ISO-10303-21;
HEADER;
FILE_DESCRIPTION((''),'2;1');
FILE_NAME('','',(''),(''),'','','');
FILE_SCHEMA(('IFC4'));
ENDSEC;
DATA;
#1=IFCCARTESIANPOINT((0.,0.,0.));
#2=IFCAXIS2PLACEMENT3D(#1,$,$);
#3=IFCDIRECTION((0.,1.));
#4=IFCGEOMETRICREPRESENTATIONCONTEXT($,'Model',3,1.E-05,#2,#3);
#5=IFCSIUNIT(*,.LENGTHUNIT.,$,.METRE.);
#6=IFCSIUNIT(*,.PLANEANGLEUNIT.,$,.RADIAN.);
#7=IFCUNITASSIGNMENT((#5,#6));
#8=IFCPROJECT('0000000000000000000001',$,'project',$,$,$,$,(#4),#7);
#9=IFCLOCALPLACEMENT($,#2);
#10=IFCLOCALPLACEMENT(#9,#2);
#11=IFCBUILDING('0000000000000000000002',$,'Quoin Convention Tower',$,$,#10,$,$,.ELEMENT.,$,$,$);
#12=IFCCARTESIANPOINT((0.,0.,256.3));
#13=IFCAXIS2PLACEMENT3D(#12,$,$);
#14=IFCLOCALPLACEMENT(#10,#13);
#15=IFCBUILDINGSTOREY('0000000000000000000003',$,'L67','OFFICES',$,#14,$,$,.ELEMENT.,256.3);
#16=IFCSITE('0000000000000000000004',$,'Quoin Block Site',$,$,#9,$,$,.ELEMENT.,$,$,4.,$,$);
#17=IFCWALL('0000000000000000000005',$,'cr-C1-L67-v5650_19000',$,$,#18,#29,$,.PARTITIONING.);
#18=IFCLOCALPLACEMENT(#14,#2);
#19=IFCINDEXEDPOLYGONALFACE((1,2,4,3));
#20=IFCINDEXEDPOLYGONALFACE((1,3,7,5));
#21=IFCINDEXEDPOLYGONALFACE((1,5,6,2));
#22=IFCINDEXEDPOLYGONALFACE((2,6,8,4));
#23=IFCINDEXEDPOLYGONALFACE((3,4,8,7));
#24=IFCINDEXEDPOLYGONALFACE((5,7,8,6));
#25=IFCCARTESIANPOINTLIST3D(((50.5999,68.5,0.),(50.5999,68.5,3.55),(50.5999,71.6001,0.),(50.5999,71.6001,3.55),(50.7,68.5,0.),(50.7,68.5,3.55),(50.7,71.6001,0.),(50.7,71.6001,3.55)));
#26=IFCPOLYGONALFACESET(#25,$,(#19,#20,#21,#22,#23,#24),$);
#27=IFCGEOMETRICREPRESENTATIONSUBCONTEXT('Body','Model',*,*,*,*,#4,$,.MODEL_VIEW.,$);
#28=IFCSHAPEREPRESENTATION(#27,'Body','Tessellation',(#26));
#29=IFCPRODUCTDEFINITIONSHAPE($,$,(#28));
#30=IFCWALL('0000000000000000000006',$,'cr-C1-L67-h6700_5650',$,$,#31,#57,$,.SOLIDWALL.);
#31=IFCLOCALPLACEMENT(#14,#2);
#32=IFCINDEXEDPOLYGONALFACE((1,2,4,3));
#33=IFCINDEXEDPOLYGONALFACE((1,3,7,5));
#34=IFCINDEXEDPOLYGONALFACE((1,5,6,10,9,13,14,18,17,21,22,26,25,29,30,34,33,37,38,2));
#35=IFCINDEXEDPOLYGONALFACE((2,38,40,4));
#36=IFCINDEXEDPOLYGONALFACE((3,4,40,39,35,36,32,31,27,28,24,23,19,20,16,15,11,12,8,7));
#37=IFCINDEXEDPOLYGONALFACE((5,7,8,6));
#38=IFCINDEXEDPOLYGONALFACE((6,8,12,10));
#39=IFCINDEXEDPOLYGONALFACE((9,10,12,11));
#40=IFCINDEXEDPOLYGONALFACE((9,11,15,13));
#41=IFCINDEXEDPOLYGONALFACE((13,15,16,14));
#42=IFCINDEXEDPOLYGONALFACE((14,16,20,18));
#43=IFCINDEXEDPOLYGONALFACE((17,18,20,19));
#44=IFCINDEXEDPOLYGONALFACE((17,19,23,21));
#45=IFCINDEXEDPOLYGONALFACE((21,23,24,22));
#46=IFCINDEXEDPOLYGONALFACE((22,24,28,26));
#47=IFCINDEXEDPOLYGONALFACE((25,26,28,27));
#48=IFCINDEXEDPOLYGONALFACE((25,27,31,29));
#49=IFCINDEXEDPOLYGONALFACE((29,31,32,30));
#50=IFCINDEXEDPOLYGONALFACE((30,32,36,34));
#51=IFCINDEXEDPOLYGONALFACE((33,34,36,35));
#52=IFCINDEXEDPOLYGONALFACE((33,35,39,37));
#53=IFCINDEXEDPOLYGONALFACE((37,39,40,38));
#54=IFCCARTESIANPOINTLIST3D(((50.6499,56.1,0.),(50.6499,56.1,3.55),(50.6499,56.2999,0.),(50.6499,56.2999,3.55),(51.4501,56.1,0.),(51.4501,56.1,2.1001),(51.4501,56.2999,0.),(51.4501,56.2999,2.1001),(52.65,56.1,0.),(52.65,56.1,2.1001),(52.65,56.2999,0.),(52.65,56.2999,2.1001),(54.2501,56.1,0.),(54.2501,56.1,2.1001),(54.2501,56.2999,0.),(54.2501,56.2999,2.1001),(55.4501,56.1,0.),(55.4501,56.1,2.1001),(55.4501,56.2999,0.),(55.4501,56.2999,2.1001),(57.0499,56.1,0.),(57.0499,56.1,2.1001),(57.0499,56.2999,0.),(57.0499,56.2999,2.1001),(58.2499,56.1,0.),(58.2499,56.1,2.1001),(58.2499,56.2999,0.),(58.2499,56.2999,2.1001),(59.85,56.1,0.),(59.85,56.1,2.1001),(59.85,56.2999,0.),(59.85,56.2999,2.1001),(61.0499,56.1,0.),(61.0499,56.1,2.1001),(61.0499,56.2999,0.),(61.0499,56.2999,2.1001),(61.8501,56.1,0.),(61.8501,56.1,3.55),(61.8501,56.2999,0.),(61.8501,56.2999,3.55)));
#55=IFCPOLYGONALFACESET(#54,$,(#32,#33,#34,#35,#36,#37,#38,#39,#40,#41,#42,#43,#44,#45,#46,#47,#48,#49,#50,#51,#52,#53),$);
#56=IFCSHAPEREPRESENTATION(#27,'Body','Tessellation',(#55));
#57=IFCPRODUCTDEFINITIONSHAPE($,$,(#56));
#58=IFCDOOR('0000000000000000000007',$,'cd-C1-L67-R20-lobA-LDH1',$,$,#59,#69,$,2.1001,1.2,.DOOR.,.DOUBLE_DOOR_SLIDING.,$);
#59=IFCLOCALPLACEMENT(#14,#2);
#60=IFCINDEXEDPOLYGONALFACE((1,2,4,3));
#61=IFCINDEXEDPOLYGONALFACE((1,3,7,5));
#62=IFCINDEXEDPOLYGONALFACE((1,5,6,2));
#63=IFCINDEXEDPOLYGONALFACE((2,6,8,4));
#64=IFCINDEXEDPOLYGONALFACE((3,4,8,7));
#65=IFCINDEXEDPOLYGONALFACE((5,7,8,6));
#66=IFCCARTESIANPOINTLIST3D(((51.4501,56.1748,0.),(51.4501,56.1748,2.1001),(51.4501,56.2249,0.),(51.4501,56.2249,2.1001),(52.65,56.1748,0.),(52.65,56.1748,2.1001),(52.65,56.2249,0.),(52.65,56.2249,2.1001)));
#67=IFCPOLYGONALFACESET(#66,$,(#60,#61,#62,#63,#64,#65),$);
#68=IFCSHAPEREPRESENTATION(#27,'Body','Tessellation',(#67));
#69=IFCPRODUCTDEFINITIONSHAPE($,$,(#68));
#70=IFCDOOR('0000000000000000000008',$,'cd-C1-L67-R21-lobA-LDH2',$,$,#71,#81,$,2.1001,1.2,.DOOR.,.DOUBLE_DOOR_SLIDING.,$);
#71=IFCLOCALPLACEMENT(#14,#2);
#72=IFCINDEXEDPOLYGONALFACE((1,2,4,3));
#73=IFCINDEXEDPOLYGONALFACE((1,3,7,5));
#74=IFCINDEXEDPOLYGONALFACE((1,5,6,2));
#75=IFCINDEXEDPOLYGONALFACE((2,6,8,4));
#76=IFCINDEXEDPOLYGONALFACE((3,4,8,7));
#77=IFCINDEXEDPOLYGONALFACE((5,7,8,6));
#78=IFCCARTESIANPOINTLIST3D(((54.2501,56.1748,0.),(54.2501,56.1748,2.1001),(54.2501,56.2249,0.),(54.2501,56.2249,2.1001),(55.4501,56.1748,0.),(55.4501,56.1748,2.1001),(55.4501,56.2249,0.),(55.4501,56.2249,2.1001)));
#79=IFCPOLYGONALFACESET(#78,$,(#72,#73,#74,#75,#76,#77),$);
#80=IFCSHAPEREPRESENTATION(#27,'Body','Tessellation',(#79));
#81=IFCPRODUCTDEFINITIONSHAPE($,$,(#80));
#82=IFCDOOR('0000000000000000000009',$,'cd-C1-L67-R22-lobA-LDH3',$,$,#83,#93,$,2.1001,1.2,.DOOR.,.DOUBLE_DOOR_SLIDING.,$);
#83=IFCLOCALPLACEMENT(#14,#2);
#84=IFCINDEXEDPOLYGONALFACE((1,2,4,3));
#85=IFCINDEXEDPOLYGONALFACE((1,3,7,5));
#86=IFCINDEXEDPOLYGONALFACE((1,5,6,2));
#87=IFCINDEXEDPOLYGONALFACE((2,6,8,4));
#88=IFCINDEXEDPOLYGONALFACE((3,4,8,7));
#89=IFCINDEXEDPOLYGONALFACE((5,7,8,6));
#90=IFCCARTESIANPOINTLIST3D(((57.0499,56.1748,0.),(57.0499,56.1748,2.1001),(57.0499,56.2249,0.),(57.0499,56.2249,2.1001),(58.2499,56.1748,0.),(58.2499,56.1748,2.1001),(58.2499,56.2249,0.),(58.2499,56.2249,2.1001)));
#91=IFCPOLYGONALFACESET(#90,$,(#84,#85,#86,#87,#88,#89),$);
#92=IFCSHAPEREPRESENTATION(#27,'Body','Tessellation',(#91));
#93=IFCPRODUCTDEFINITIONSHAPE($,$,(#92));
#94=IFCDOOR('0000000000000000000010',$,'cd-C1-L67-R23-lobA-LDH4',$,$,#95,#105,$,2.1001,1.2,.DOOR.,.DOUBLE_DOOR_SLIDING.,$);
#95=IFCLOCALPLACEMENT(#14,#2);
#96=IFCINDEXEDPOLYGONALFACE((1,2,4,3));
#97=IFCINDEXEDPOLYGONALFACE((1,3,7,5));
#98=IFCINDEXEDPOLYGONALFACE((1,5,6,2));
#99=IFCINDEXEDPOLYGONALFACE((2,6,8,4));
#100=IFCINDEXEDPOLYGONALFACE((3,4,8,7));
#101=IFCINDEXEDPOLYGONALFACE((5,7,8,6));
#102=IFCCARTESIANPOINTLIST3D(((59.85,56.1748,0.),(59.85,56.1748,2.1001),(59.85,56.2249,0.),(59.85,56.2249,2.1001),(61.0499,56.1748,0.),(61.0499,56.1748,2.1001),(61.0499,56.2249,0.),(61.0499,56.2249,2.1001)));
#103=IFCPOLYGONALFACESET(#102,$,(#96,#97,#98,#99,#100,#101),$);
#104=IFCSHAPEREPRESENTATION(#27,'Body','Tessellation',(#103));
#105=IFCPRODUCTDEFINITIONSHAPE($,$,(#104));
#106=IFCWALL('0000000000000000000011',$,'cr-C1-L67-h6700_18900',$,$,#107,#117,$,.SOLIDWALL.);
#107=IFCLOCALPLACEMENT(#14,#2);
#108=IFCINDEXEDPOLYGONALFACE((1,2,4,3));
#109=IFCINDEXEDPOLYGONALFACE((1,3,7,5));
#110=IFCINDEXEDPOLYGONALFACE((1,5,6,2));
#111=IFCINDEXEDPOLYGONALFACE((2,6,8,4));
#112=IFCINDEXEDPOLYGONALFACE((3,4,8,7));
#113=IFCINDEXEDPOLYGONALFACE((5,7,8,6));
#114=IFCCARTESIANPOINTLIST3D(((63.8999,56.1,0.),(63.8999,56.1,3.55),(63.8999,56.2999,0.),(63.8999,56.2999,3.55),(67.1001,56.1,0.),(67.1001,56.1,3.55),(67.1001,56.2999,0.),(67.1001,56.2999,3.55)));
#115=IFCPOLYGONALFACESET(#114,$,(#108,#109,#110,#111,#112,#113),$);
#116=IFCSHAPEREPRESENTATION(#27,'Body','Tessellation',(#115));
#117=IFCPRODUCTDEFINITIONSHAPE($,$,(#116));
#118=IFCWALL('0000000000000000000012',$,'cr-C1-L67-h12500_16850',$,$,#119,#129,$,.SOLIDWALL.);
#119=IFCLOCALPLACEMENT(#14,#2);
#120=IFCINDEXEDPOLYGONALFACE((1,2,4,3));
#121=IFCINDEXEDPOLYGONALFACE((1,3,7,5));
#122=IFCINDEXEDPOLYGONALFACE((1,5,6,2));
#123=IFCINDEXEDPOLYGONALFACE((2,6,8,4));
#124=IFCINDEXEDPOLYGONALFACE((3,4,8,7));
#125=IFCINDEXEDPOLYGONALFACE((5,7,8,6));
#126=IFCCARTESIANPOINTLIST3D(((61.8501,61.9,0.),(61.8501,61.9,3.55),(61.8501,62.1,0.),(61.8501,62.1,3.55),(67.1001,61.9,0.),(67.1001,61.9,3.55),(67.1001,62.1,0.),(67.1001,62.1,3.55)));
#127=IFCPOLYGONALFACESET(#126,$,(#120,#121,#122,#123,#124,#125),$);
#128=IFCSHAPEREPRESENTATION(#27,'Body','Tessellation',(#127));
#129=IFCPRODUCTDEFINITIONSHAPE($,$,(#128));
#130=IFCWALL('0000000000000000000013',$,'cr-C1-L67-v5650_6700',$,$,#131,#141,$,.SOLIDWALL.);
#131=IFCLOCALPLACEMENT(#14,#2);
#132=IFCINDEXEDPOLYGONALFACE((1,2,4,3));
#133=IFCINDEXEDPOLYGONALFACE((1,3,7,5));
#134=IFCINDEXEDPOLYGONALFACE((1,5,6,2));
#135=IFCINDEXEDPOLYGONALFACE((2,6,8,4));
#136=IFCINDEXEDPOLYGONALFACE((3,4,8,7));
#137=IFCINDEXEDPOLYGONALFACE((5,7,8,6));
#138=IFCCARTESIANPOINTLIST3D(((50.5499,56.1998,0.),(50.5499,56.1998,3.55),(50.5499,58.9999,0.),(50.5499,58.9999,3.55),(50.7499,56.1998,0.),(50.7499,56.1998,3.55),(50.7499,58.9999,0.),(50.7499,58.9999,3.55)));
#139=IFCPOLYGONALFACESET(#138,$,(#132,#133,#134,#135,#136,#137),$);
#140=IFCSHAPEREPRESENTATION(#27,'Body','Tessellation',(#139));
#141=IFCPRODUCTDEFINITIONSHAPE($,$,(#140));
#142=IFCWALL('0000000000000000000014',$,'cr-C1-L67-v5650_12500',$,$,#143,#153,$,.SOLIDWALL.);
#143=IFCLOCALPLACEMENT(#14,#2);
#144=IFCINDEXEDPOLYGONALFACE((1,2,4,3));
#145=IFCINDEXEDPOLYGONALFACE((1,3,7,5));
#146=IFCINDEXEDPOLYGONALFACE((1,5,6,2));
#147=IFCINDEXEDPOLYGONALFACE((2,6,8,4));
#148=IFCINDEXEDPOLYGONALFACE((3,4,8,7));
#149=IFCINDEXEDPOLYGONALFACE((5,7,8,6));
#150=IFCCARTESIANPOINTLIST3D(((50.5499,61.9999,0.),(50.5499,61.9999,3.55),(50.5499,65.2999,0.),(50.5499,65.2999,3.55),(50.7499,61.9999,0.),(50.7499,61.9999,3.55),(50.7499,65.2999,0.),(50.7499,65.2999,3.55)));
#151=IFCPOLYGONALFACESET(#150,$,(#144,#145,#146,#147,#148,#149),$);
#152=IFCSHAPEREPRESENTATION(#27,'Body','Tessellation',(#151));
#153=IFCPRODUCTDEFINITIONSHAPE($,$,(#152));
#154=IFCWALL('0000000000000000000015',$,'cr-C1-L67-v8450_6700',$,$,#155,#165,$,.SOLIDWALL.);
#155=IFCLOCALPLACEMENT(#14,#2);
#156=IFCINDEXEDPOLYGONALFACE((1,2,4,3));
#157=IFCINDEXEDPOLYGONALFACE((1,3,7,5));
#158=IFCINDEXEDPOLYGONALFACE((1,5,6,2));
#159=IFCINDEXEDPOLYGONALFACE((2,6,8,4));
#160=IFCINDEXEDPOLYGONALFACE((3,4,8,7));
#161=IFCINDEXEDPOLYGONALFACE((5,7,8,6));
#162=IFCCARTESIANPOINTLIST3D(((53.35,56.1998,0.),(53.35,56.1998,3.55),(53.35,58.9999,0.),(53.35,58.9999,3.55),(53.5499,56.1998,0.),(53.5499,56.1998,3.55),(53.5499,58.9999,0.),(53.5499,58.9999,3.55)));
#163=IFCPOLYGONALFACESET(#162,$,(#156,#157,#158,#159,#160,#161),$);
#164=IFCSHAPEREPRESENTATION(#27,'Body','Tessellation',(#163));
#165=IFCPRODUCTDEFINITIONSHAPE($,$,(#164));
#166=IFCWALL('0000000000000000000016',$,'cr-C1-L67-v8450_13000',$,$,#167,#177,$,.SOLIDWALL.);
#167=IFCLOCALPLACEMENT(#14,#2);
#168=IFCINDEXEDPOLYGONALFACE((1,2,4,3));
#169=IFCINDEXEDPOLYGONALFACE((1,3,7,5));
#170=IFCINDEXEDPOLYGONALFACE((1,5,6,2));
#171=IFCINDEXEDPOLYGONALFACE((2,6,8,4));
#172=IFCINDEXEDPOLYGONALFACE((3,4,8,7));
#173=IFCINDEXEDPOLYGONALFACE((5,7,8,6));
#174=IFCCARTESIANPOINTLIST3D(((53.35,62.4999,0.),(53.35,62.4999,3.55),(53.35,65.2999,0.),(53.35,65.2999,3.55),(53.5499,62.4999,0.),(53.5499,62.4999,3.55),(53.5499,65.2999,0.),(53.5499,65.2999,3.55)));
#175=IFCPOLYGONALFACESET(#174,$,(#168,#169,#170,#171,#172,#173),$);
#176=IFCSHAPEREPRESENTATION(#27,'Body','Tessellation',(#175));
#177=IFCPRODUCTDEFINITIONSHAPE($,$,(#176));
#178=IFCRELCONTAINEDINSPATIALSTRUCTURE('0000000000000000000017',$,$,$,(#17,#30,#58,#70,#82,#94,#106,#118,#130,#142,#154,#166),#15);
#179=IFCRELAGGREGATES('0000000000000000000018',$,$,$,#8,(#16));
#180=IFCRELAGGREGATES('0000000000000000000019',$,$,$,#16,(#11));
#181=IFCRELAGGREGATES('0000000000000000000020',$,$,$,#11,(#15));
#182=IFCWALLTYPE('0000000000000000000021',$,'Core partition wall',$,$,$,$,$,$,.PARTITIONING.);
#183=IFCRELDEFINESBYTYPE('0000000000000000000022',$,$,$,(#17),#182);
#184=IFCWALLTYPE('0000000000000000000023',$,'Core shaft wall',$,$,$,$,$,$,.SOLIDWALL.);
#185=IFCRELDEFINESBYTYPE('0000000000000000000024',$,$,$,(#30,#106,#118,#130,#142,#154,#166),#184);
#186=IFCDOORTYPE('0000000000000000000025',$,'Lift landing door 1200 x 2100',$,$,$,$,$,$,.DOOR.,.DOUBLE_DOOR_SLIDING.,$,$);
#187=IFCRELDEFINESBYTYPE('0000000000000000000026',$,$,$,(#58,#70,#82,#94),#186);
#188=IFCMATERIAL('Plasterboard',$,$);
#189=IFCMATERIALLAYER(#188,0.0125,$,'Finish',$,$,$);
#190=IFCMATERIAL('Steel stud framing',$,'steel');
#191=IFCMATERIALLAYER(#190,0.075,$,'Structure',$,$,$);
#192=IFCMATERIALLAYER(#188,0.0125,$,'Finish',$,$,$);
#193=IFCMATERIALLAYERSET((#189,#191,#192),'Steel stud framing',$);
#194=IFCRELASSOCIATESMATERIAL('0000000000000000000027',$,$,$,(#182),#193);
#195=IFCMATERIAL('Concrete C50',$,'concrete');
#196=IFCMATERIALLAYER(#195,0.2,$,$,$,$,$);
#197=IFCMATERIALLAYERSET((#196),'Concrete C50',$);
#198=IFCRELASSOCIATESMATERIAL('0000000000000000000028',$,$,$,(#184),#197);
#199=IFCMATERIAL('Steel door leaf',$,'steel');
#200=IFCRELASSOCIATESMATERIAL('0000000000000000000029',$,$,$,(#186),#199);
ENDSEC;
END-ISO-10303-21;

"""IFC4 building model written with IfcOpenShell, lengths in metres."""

from ifc_helpers import new_model, si_unit, direction, frame, frame_2d, origin, place, context, subcontext, project, spatial, rectangle, extrude, material, layer, layer_set, type_object, element, fill, save


model = new_model("IFC4")

# Units and contexts
model_context = context("Model", 3, precision=1e-05, world=origin(), true_north=direction((0.0, 1.0)))
body_context = subcontext(model_context, "Body", "Model", "MODEL_VIEW")
ifc_project = project(units=[si_unit("LENGTHUNIT", "METRE"), si_unit("PLANEANGLEUNIT", "RADIAN")], contexts=[model_context])

# Site, building, storey
site_placement = place(None, origin())
site = spatial("IfcSite", under=ifc_project, at=site_placement, Name="Quoin Block Site", CompositionType="ELEMENT", RefElevation=4.0)
building_placement = place(site_placement, origin())
building = spatial("IfcBuilding", under=site, at=building_placement, Name="Quoin Convention Tower", CompositionType="ELEMENT")
storey_placement = place(building_placement, frame((0.0, 0.0, 256.3)))
storey = spatial("IfcBuildingStorey", under=building, at=storey_placement, Name="L67", Description="OFFICES", CompositionType="ELEMENT", Elevation=256.3)

# Wall
ifc_material_1 = material(Name="Plasterboard")
ifc_layer_1 = layer(ifc_material_1, 0.0125, Name="Finish")
ifc_material_2 = material(Name="Steel stud framing", Category="steel")
ifc_layer_2 = layer(ifc_material_2, 0.075, Name="Structure")
ifc_layer_3 = layer(ifc_material_1, 0.0125, Name="Finish")
ifc_layer_set_1 = layer_set([ifc_layer_1, ifc_layer_2, ifc_layer_3], Name="Steel stud framing")
wall_type_1 = type_object("IfcWallType", Name="Core partition wall", PredefinedType="PARTITIONING", material=ifc_layer_set_1)
wall_1_placement = place(storey_placement, frame((50.6499, 68.5, 0.0), z_axis=(0.0, 0.0, 1.0), x_axis=(0.0, 1.0, 0.0)))
element("IfcWall", 1, at=wall_1_placement, inside=storey, type_object=wall_type_1, Name="cr-C1-L67-v5650_19000", PredefinedType="PARTITIONING", context=body_context, shape_type="SweptSolid", body=[
    extrude(rectangle(XDim=3.1001, YDim=0.1001, at=frame_2d((1.55, 0.0))), origin(), (0.0, 0.0, 1.0), 3.55),
])

# Wall, openings, doors
ifc_material_3 = material(Name="Concrete C50", Category="concrete")
ifc_layer_4 = layer(ifc_material_3, 0.2)
ifc_layer_set_2 = layer_set([ifc_layer_4], Name="Concrete C50")
wall_type_2 = type_object("IfcWallType", Name="Core shaft wall", PredefinedType="SOLIDWALL", material=ifc_layer_set_2)
wall_2_placement = place(storey_placement, frame((50.6499, 56.2, 0.0), z_axis=(0.0, 0.0, 1.0), x_axis=(1.0, 0.0, 0.0)))
wall_2 = element("IfcWall", 2, at=wall_2_placement, inside=storey, type_object=wall_type_2, Name="cr-C1-L67-h6700_5650", PredefinedType="SOLIDWALL", context=body_context, shape_type="SweptSolid", body=[
    extrude(rectangle(XDim=11.2002, YDim=0.2, at=frame_2d((5.6001, 0.0))), origin(), (0.0, 0.0, 1.0), 3.55),
])
opening_1_placement = place(wall_2_placement, frame((0.8, 0.0, 0.0)))
opening_1 = element("IfcOpeningElement", 3, at=opening_1_placement, cuts=wall_2, PredefinedType="OPENING", context=body_context, shape_type="SweptSolid", body=[
    extrude(rectangle(XDim=1.2, YDim=2.1001, at=frame_2d((0.6001, 1.05))), frame((0.0, 0.1099, 0.0), z_axis=(0.0, -1.0, 0.0), x_axis=(1.0, 0.0, 0.0)), (0.0, 0.0, 1.0), 0.22),
])
opening_2_placement = place(wall_2_placement, frame((3.6001, 0.0, 0.0)))
opening_2 = element("IfcOpeningElement", 4, at=opening_2_placement, cuts=wall_2, PredefinedType="OPENING", context=body_context, shape_type="SweptSolid", body=[
    extrude(rectangle(XDim=1.2, YDim=2.1001, at=frame_2d((0.6001, 1.05))), frame((0.0, 0.1099, 0.0), z_axis=(0.0, -1.0, 0.0), x_axis=(1.0, 0.0, 0.0)), (0.0, 0.0, 1.0), 0.22),
])
opening_3_placement = place(wall_2_placement, frame((6.3999, 0.0, 0.0)))
opening_3 = element("IfcOpeningElement", 5, at=opening_3_placement, cuts=wall_2, PredefinedType="OPENING", context=body_context, shape_type="SweptSolid", body=[
    extrude(rectangle(XDim=1.2, YDim=2.1001, at=frame_2d((0.6001, 1.05))), frame((0.0, 0.1099, 0.0), z_axis=(0.0, -1.0, 0.0), x_axis=(1.0, 0.0, 0.0)), (0.0, 0.0, 1.0), 0.22),
])
opening_4_placement = place(wall_2_placement, frame((9.2, 0.0, 0.0)))
opening_4 = element("IfcOpeningElement", 6, at=opening_4_placement, cuts=wall_2, PredefinedType="OPENING", context=body_context, shape_type="SweptSolid", body=[
    extrude(rectangle(XDim=1.2, YDim=2.1001, at=frame_2d((0.6001, 1.05))), frame((0.0, 0.1099, 0.0), z_axis=(0.0, -1.0, 0.0), x_axis=(1.0, 0.0, 0.0)), (0.0, 0.0, 1.0), 0.22),
])
ifc_material_4 = material(Name="Steel door leaf", Category="steel")
door_type = type_object("IfcDoorType", Name="Lift landing door 1200 x 2100", OperationType="DOUBLE_DOOR_SLIDING", PredefinedType="DOOR", material=ifc_material_4)
door_1_placement = place(opening_1_placement, origin())
door_1 = element("IfcDoor", 7, at=door_1_placement, inside=storey, type_object=door_type, Name="cd-C1-L67-R20-lobA-LDH1", OperationType="DOUBLE_DOOR_SLIDING", OverallHeight=2.1001, OverallWidth=1.2, PredefinedType="DOOR", context=body_context, shape_type="SweptSolid", body=[
    extrude(rectangle(XDim=1.2, YDim=2.1001, at=frame_2d((0.6001, 1.05))), frame((0.0, 0.0249, 0.0), z_axis=(0.0, -1.0, 0.0), x_axis=(1.0, 0.0, 0.0)), (0.0, 0.0, 1.0), 0.05),
])
fill(opening_1, door_1)
door_2_placement = place(opening_2_placement, origin())
door_2 = element("IfcDoor", 8, at=door_2_placement, inside=storey, type_object=door_type, Name="cd-C1-L67-R21-lobA-LDH2", OperationType="DOUBLE_DOOR_SLIDING", OverallHeight=2.1001, OverallWidth=1.2, PredefinedType="DOOR", context=body_context, shape_type="SweptSolid", body=[
    extrude(rectangle(XDim=1.2, YDim=2.1001, at=frame_2d((0.6001, 1.05))), frame((0.0, 0.0249, 0.0), z_axis=(0.0, -1.0, 0.0), x_axis=(1.0, 0.0, 0.0)), (0.0, 0.0, 1.0), 0.05),
])
fill(opening_2, door_2)
door_3_placement = place(opening_3_placement, origin())
door_3 = element("IfcDoor", 9, at=door_3_placement, inside=storey, type_object=door_type, Name="cd-C1-L67-R22-lobA-LDH3", OperationType="DOUBLE_DOOR_SLIDING", OverallHeight=2.1001, OverallWidth=1.2, PredefinedType="DOOR", context=body_context, shape_type="SweptSolid", body=[
    extrude(rectangle(XDim=1.2, YDim=2.1001, at=frame_2d((0.6001, 1.05))), frame((0.0, 0.0249, 0.0), z_axis=(0.0, -1.0, 0.0), x_axis=(1.0, 0.0, 0.0)), (0.0, 0.0, 1.0), 0.05),
])
fill(opening_3, door_3)
door_4_placement = place(opening_4_placement, origin())
door_4 = element("IfcDoor", 10, at=door_4_placement, inside=storey, type_object=door_type, Name="cd-C1-L67-R23-lobA-LDH4", OperationType="DOUBLE_DOOR_SLIDING", OverallHeight=2.1001, OverallWidth=1.2, PredefinedType="DOOR", context=body_context, shape_type="SweptSolid", body=[
    extrude(rectangle(XDim=1.2, YDim=2.1001, at=frame_2d((0.6001, 1.05))), frame((0.0, 0.0249, 0.0), z_axis=(0.0, -1.0, 0.0), x_axis=(1.0, 0.0, 0.0)), (0.0, 0.0, 1.0), 0.05),
])
fill(opening_4, door_4)

# Walls
wall_3_placement = place(storey_placement, frame((63.8999, 56.2, 0.0), z_axis=(0.0, 0.0, 1.0), x_axis=(1.0, 0.0, 0.0)))
element("IfcWall", 11, at=wall_3_placement, inside=storey, type_object=wall_type_2, Name="cr-C1-L67-h6700_18900", PredefinedType="SOLIDWALL", context=body_context, shape_type="SweptSolid", body=[
    extrude(rectangle(XDim=3.2002, YDim=0.2, at=frame_2d((1.6001, 0.0))), origin(), (0.0, 0.0, 1.0), 3.55),
])
wall_4_placement = place(storey_placement, frame((61.8501, 62.0, 0.0), z_axis=(0.0, 0.0, 1.0), x_axis=(1.0, 0.0, 0.0)))
element("IfcWall", 12, at=wall_4_placement, inside=storey, type_object=wall_type_2, Name="cr-C1-L67-h12500_16850", PredefinedType="SOLIDWALL", context=body_context, shape_type="SweptSolid", body=[
    extrude(rectangle(XDim=5.25, YDim=0.2, at=frame_2d((2.625, 0.0))), origin(), (0.0, 0.0, 1.0), 3.55),
])
wall_5_placement = place(storey_placement, frame((50.6499, 56.2, 0.0), z_axis=(0.0, 0.0, 1.0), x_axis=(0.0, 1.0, 0.0)))
element("IfcWall", 13, at=wall_5_placement, inside=storey, type_object=wall_type_2, Name="cr-C1-L67-v5650_6700", PredefinedType="SOLIDWALL", context=body_context, shape_type="SweptSolid", body=[
    extrude(rectangle(XDim=2.8, YDim=0.2, at=frame_2d((1.3999, 0.0))), origin(), (0.0, 0.0, 1.0), 3.55),
])
wall_6_placement = place(storey_placement, frame((50.6499, 62.0, 0.0), z_axis=(0.0, 0.0, 1.0), x_axis=(0.0, 1.0, 0.0)))
element("IfcWall", 14, at=wall_6_placement, inside=storey, type_object=wall_type_2, Name="cr-C1-L67-v5650_12500", PredefinedType="SOLIDWALL", context=body_context, shape_type="SweptSolid", body=[
    extrude(rectangle(XDim=3.3, YDim=0.2, at=frame_2d((1.6499, 0.0))), origin(), (0.0, 0.0, 1.0), 3.55),
])
for number, where, z_axis, x_axis, name in (
    (15, (53.45, 56.2, 0.0), (0.0, 0.0, 1.0), (0.0, 1.0, 0.0), "cr-C1-L67-v8450_6700"),
    (16, (53.45, 62.5, 0.0), (0.0, 0.0, 1.0), (0.0, 1.0, 0.0), "cr-C1-L67-v8450_13000"),
):
    element("IfcWall", number, at=place(storey_placement, frame(where, z_axis=z_axis, x_axis=x_axis)), inside=storey, type_object=wall_type_2, Name=name, PredefinedType="SOLIDWALL", context=body_context, shape_type="SweptSolid", body=[
        extrude(rectangle(XDim=2.8, YDim=0.2, at=frame_2d((1.3999, 0.0))), origin(), (0.0, 0.0, 1.0), 3.55),
    ])

save(model, "model.ifc")
